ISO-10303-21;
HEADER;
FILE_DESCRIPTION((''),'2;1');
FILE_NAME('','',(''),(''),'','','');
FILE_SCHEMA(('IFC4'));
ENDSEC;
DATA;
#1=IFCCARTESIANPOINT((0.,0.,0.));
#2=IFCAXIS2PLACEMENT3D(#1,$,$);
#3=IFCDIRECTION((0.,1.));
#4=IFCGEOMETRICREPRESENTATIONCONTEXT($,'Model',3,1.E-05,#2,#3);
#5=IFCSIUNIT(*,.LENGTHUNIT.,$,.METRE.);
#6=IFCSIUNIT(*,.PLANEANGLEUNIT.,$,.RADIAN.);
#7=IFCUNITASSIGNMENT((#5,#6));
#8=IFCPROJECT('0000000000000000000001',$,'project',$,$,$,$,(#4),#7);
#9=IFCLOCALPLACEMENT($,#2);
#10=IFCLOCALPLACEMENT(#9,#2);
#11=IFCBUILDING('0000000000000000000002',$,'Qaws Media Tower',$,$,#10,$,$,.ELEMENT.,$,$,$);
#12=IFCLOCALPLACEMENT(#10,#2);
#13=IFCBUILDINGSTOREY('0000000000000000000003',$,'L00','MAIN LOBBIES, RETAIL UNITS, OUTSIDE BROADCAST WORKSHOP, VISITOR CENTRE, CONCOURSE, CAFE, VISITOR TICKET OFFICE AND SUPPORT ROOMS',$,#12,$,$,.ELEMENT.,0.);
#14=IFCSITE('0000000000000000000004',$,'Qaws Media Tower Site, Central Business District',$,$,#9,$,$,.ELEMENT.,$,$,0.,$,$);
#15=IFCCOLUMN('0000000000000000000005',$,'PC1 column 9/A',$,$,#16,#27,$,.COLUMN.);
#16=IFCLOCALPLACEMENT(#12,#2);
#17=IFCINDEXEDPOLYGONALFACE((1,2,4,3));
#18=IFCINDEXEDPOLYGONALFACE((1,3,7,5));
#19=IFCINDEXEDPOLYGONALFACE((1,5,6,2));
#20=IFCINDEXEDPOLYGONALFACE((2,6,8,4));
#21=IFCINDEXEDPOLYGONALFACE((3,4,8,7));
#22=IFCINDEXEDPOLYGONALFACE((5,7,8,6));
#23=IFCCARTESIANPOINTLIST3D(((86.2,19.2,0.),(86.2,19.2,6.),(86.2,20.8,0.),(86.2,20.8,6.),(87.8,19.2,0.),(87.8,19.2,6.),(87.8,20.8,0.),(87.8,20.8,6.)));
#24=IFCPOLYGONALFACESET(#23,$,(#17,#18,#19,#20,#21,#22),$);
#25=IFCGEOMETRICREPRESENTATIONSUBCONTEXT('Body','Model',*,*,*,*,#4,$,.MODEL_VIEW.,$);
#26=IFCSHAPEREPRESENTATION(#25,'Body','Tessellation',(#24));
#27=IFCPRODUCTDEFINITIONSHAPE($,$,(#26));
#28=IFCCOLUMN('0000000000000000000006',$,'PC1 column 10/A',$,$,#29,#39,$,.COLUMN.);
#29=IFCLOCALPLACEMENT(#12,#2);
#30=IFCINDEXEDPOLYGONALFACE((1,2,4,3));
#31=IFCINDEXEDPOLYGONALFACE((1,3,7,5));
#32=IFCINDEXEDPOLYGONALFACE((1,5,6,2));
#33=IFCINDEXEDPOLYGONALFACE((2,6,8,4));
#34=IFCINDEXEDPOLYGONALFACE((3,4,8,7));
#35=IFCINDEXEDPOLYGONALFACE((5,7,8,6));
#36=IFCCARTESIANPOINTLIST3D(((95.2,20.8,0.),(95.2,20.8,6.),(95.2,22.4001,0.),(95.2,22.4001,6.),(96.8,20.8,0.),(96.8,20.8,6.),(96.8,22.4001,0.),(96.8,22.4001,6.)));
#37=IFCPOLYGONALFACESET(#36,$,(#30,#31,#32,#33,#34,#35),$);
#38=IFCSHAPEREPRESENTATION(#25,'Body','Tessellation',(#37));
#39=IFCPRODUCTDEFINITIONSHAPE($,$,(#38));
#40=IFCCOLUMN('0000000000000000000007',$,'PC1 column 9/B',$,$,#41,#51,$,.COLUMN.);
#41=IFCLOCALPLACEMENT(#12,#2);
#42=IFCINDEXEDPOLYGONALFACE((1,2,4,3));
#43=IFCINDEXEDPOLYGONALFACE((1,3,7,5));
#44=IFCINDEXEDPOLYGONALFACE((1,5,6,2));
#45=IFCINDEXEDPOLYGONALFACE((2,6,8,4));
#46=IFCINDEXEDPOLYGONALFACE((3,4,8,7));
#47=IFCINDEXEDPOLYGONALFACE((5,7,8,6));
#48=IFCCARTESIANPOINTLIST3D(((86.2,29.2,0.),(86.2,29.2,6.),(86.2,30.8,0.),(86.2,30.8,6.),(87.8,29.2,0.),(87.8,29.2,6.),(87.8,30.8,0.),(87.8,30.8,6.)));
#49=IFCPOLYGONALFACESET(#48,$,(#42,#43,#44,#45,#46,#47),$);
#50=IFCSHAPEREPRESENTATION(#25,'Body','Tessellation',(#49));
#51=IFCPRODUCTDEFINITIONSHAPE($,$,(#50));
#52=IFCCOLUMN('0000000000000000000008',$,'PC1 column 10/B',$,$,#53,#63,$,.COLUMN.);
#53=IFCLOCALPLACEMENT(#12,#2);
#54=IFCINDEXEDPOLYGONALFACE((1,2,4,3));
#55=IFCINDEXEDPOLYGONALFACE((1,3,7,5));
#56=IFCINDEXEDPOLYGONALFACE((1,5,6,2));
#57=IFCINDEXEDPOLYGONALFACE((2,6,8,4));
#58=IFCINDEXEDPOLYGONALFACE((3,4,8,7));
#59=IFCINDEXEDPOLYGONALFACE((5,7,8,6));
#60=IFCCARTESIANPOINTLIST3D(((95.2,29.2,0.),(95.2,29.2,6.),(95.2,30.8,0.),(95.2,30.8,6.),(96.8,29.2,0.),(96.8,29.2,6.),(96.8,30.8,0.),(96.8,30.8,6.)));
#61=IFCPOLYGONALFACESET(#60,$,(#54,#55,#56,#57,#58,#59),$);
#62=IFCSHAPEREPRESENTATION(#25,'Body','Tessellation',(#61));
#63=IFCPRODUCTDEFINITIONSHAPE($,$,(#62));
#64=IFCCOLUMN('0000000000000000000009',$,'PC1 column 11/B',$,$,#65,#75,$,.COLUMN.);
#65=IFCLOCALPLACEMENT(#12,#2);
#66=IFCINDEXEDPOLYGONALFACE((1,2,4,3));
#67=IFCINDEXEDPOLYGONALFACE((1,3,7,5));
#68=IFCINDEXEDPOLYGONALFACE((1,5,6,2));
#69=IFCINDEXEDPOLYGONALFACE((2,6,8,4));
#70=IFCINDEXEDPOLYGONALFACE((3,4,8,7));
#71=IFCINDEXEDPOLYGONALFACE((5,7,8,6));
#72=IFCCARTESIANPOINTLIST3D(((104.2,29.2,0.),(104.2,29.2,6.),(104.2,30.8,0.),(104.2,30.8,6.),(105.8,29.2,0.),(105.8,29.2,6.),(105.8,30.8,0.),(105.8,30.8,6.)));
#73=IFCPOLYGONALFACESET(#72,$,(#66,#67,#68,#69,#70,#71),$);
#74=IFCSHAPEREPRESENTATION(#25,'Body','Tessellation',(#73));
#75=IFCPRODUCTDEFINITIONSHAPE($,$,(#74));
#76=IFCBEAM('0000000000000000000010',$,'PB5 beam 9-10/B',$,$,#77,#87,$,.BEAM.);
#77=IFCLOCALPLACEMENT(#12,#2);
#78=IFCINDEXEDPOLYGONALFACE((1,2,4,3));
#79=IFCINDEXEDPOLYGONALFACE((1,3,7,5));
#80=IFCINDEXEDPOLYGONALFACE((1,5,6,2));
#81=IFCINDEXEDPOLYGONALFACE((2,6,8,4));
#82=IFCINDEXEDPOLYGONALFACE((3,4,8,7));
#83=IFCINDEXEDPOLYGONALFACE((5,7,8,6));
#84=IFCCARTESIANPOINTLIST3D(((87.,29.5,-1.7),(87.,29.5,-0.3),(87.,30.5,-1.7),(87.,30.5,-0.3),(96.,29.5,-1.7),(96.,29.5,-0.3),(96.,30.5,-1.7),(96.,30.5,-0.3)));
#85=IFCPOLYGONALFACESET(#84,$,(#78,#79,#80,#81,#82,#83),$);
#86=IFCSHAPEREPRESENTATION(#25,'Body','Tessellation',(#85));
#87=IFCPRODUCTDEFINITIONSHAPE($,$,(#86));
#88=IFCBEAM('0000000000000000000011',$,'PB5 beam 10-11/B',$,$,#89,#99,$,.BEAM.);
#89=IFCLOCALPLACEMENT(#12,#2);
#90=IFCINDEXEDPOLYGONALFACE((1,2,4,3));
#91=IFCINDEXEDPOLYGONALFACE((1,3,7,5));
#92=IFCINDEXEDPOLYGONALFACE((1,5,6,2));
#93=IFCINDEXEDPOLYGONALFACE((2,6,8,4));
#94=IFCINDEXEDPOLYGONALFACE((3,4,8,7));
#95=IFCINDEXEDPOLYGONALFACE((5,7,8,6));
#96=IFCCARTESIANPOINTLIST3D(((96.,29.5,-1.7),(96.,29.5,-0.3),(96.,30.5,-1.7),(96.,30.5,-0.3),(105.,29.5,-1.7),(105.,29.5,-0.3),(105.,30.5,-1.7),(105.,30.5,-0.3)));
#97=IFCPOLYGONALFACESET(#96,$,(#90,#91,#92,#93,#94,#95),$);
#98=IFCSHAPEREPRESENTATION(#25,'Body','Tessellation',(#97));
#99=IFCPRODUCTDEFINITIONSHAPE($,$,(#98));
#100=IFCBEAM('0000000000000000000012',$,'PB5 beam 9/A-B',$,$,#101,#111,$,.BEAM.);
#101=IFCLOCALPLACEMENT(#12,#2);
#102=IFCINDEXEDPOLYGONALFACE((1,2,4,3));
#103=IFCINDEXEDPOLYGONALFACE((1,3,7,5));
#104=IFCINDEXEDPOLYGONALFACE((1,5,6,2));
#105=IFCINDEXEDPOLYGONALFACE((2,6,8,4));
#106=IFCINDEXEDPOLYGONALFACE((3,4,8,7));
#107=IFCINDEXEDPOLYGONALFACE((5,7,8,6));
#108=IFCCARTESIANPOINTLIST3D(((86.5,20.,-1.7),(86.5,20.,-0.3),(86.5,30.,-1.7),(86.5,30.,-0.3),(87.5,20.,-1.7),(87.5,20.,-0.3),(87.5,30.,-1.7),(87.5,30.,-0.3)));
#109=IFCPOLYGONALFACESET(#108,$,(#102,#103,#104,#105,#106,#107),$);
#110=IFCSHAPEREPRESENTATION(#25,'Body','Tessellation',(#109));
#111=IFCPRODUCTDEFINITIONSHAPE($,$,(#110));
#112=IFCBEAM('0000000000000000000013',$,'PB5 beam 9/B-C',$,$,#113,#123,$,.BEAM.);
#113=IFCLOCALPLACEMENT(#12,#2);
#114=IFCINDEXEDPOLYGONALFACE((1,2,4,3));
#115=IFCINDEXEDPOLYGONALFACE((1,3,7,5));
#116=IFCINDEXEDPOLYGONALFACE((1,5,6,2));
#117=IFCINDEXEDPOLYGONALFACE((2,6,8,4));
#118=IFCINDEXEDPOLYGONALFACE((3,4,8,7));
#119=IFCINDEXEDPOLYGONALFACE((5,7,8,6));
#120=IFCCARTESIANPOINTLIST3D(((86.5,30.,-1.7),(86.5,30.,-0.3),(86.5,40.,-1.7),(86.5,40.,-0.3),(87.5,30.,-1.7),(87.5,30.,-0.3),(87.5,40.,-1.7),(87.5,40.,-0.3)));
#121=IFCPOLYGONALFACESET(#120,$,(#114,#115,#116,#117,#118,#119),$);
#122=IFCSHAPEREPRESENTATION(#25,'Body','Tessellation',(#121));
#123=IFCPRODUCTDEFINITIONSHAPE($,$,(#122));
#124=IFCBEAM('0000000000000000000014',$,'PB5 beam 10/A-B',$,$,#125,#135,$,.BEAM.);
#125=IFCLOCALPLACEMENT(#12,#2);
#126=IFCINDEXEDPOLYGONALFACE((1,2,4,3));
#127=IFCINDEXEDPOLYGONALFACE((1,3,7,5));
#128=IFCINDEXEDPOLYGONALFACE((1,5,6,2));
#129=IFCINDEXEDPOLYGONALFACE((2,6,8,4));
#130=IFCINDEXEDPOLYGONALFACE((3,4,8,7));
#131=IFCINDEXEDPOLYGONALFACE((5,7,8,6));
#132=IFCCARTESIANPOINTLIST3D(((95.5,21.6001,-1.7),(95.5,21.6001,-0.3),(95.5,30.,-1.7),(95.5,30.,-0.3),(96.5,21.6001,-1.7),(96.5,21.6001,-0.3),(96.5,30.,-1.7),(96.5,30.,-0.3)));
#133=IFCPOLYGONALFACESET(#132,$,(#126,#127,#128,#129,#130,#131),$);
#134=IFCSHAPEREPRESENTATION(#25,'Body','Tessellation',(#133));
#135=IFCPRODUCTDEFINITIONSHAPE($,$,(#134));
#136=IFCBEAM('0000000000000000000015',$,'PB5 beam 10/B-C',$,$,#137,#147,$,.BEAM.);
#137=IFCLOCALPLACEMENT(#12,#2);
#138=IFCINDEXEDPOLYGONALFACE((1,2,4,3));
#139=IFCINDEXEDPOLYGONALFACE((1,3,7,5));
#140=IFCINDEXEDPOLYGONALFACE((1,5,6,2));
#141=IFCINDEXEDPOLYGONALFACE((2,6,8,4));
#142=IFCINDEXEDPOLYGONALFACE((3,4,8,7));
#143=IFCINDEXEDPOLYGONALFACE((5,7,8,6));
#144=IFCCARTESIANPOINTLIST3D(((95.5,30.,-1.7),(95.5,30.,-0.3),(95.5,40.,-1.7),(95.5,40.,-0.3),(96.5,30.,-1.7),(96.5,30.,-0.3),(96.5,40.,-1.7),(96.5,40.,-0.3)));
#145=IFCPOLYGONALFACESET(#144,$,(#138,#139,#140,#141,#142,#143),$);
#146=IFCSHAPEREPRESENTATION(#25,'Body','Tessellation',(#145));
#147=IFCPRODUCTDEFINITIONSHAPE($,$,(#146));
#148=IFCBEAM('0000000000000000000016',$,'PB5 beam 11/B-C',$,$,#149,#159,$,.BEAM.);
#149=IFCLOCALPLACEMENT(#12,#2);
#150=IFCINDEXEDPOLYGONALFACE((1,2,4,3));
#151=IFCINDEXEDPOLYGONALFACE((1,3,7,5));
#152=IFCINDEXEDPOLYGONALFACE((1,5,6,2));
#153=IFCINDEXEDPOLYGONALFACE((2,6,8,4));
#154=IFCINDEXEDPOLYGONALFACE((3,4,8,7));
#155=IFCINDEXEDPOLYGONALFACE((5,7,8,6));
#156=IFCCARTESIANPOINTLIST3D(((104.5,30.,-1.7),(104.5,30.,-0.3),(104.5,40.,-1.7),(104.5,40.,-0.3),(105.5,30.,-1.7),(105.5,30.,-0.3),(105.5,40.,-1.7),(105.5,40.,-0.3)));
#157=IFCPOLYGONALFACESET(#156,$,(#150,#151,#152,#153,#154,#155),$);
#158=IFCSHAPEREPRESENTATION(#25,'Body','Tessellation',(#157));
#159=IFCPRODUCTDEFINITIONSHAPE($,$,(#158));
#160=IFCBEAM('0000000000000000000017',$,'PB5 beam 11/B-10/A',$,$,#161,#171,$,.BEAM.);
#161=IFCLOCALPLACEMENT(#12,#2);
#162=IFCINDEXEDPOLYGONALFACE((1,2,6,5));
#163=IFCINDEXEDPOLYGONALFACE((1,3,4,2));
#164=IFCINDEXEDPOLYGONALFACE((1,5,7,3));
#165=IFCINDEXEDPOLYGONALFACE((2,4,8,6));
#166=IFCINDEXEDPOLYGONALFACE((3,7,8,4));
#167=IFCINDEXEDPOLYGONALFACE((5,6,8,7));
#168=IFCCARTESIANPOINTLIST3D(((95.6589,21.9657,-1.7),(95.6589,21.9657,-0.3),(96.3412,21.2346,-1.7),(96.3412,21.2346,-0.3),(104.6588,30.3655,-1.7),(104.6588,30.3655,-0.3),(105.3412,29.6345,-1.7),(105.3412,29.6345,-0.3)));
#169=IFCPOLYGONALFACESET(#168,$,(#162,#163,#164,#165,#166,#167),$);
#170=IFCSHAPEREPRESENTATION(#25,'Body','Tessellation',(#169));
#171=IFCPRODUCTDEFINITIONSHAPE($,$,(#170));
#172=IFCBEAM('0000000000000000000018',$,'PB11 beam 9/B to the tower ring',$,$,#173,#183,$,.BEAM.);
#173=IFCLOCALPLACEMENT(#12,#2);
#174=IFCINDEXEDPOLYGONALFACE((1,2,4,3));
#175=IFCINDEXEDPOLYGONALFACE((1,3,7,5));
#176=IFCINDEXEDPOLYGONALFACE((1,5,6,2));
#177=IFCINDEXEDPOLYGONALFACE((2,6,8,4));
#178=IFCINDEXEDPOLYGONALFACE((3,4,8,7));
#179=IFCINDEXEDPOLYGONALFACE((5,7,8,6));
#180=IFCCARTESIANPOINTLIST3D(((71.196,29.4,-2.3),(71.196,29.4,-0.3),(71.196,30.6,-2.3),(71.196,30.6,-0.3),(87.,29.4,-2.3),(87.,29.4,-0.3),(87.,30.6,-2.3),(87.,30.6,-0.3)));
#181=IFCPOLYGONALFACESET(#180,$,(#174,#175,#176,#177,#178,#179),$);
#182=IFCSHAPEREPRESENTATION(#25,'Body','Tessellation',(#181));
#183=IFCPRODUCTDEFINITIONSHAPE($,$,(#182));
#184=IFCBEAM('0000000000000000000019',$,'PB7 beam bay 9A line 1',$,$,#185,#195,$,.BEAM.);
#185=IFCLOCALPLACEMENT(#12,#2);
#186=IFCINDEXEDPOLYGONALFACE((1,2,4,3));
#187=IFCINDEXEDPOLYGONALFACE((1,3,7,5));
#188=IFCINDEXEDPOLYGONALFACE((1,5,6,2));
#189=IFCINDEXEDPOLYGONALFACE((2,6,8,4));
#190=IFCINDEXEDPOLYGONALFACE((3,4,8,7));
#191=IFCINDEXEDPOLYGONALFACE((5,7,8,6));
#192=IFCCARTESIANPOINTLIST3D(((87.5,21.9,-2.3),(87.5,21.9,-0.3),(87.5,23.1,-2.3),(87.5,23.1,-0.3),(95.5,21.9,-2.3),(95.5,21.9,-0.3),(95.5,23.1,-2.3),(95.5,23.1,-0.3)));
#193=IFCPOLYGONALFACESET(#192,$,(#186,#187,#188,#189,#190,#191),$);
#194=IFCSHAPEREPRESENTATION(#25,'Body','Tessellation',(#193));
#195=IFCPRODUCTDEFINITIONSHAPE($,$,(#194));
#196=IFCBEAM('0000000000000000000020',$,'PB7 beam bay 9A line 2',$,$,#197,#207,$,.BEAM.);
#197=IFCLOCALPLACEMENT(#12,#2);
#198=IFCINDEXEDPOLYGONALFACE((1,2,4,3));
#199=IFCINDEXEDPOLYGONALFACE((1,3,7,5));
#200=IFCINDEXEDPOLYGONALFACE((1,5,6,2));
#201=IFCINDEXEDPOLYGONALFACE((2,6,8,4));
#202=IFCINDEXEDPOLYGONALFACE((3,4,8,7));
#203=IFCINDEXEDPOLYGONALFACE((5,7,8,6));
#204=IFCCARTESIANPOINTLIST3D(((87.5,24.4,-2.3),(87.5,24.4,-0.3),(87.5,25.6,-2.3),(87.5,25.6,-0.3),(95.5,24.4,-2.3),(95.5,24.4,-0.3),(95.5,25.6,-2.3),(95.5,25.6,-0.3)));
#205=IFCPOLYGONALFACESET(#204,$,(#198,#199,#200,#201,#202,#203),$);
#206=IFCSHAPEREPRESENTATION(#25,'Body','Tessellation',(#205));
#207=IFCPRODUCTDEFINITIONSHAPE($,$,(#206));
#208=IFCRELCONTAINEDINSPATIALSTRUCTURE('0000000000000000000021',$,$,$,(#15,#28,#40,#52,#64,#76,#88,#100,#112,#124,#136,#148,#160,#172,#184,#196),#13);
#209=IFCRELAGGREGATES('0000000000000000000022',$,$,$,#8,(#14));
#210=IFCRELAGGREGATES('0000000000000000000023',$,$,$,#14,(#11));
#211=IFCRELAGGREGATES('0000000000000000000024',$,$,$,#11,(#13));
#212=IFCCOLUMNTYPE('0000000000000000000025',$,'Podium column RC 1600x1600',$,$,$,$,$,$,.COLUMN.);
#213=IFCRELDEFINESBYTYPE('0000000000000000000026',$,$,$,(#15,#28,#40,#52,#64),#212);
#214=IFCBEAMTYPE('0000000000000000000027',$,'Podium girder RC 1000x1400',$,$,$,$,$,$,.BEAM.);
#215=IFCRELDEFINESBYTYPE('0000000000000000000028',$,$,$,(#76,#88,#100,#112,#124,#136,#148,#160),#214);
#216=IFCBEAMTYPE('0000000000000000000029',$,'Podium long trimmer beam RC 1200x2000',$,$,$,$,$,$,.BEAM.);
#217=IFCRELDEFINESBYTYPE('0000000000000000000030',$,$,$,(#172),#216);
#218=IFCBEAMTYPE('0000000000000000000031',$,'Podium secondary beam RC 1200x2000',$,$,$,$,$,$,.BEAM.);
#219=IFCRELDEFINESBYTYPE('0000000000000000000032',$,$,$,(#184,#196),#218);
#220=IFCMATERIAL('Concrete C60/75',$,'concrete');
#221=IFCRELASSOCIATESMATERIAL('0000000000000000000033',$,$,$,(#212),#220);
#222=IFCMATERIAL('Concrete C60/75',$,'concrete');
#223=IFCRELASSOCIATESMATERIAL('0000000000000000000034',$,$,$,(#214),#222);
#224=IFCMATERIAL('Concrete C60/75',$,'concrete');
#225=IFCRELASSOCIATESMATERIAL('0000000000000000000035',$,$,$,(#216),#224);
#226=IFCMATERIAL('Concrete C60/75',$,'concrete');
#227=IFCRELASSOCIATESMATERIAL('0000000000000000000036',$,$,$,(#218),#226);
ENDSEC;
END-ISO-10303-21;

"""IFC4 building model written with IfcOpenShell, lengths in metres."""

from ifc_helpers import new_model, si_unit, direction, frame, origin, origin_2d, place, context, subcontext, project, spatial, rectangle, extrude, material, material_profile, profile_set, type_object, element, save


model = new_model("IFC4")

# Units and contexts
model_context = context("Model", 3, precision=1e-05, world=origin(), true_north=direction((0.0, 1.0)))
body_context = subcontext(model_context, "Body", "Model", "MODEL_VIEW")
ifc_project = project(units=[si_unit("LENGTHUNIT", "METRE"), si_unit("PLANEANGLEUNIT", "RADIAN")], contexts=[model_context])

# Site, building, storey
site_placement = place(None, origin())
site = spatial("IfcSite", under=ifc_project, at=site_placement, Name="Qaws Media Tower Site, Central Business District", CompositionType="ELEMENT", RefElevation=0.0)
building_placement = place(site_placement, origin())
building = spatial("IfcBuilding", under=site, at=building_placement, Name="Qaws Media Tower", CompositionType="ELEMENT")
storey_placement = place(building_placement, origin())
storey = spatial("IfcBuildingStorey", under=building, at=storey_placement, Name="L00", Description="MAIN LOBBIES, RETAIL UNITS, OUTSIDE BROADCAST WORKSHOP, VISITOR CENTRE, CONCOURSE, CAFE, VISITOR TICKET OFFICE AND SUPPORT ROOMS", CompositionType="ELEMENT", Elevation=0.0)

# Columns
ifc_material_1 = material(Name="Concrete C60/75", Category="concrete")
ifc_material_profile_1 = material_profile(ifc_material_1, rectangle(XDim=1.6001, YDim=1.6001, at=origin_2d()), Name="RC 1600x1600")
ifc_profile_set_1 = profile_set([ifc_material_profile_1], Name="Concrete C60/75")
column_type = type_object("IfcColumnType", Name="Podium column RC 1600x1600", PredefinedType="COLUMN", material=ifc_profile_set_1)
for number, where, z_axis, x_axis, name in (
    (1, (87.0, 20.0, 0.0), (0.0, 0.0, 1.0), (1.0, 0.0, 0.0), "PC1 column 9/A"),
    (2, (96.0, 21.6001, 0.0), (0.0, 0.0, 1.0), (1.0, 0.0, 0.0), "PC1 column 10/A"),
    (3, (87.0, 30.0, 0.0), (0.0, 0.0, 1.0), (1.0, 0.0, 0.0), "PC1 column 9/B"),
    (4, (96.0, 30.0, 0.0), (0.0, 0.0, 1.0), (1.0, 0.0, 0.0), "PC1 column 10/B"),
    (5, (105.0, 30.0, 0.0), (0.0, 0.0, 1.0), (1.0, 0.0, 0.0), "PC1 column 11/B"),
):
    element("IfcColumn", number, at=place(storey_placement, frame(where, z_axis=z_axis, x_axis=x_axis)), inside=storey, type_object=column_type, Name=name, PredefinedType="COLUMN", context=body_context, shape_type="SweptSolid", body=[
        extrude(rectangle(XDim=1.6001, YDim=1.6001, at=origin_2d()), origin(), (0.0, 0.0, 1.0), 6.0),
    ])

# Beams
ifc_material_2 = material(Name="Concrete C60/75", Category="concrete")
ifc_material_profile_2 = material_profile(ifc_material_2, rectangle(XDim=1.0, YDim=1.3999, at=origin_2d()), Name="RC 1000x1400")
ifc_profile_set_2 = profile_set([ifc_material_profile_2], Name="Concrete C60/75")
beam_type_1 = type_object("IfcBeamType", Name="Podium girder RC 1000x1400", PredefinedType="BEAM", material=ifc_profile_set_2)
for number, where, z_axis, x_axis, name in (
    (6, (87.0, 30.0, -1.0), (1.0, 0.0, 0.0), (0.0, 1.0, 0.0), "PB5 beam 9-10/B"),
    (7, (96.0, 30.0, -1.0), (1.0, 0.0, 0.0), (0.0, 1.0, 0.0), "PB5 beam 10-11/B"),
):
    element("IfcBeam", number, at=place(storey_placement, frame(where, z_axis=z_axis, x_axis=x_axis)), inside=storey, type_object=beam_type_1, Name=name, PredefinedType="BEAM", context=body_context, shape_type="SweptSolid", body=[
        extrude(rectangle(XDim=1.0, YDim=1.3999, at=origin_2d()), origin(), (0.0, 0.0, 1.0), 9.0),
    ])
for number, where, z_axis, x_axis, name in (
    (8, (87.0, 20.0, -1.0), (0.0, 1.0, 0.0), (-1.0, 0.0, 0.0), "PB5 beam 9/A-B"),
    (9, (87.0, 30.0, -1.0), (0.0, 1.0, 0.0), (-1.0, 0.0, 0.0), "PB5 beam 9/B-C"),
):
    element("IfcBeam", number, at=place(storey_placement, frame(where, z_axis=z_axis, x_axis=x_axis)), inside=storey, type_object=beam_type_1, Name=name, PredefinedType="BEAM", context=body_context, shape_type="SweptSolid", body=[
        extrude(rectangle(XDim=1.0, YDim=1.3999, at=origin_2d()), origin(), (0.0, 0.0, 1.0), 10.0),
    ])
beam_1_placement = place(storey_placement, frame((96.0, 21.6001, -1.0), z_axis=(0.0, 1.0, 0.0), x_axis=(-1.0, 0.0, 0.0)))
element("IfcBeam", 10, at=beam_1_placement, inside=storey, type_object=beam_type_1, Name="PB5 beam 10/A-B", PredefinedType="BEAM", context=body_context, shape_type="SweptSolid", body=[
    extrude(rectangle(XDim=1.0, YDim=1.3999, at=origin_2d()), origin(), (0.0, 0.0, 1.0), 8.3999),
])
for number, where, z_axis, x_axis, name in (
    (11, (96.0, 30.0, -1.0), (0.0, 1.0, 0.0), (-1.0, 0.0, 0.0), "PB5 beam 10/B-C"),
    (12, (105.0, 30.0, -1.0), (0.0, 1.0, 0.0), (-1.0, 0.0, 0.0), "PB5 beam 11/B-C"),
):
    element("IfcBeam", number, at=place(storey_placement, frame(where, z_axis=z_axis, x_axis=x_axis)), inside=storey, type_object=beam_type_1, Name=name, PredefinedType="BEAM", context=body_context, shape_type="SweptSolid", body=[
        extrude(rectangle(XDim=1.0, YDim=1.3999, at=origin_2d()), origin(), (0.0, 0.0, 1.0), 10.0),
    ])
beam_2_placement = place(storey_placement, frame((105.0, 30.0, -1.0), z_axis=(-0.731059, -0.682314, 0.0), x_axis=(0.682314, -0.731059, 0.0)))
element("IfcBeam", 13, at=beam_2_placement, inside=storey, type_object=beam_type_1, Name="PB5 beam 11/B-10/A", PredefinedType="BEAM", context=body_context, shape_type="SweptSolid", body=[
    extrude(rectangle(XDim=1.0, YDim=1.3999, at=origin_2d()), origin(), (0.0, 0.0, 1.0), 12.3108),
])
ifc_material_3 = material(Name="Concrete C60/75", Category="concrete")
ifc_material_profile_3 = material_profile(ifc_material_3, rectangle(XDim=1.2, YDim=2.0, at=origin_2d()), Name="RC 1200x2000")
ifc_profile_set_3 = profile_set([ifc_material_profile_3], Name="Concrete C60/75")
beam_type_2 = type_object("IfcBeamType", Name="Podium long trimmer beam RC 1200x2000", PredefinedType="BEAM", material=ifc_profile_set_3)
beam_3_placement = place(storey_placement, frame((87.0, 30.0, -1.3), z_axis=(-1.0, 0.0, 0.0), x_axis=(0.0, -1.0, 0.0)))
element("IfcBeam", 14, at=beam_3_placement, inside=storey, type_object=beam_type_2, Name="PB11 beam 9/B to the tower ring", PredefinedType="BEAM", context=body_context, shape_type="SweptSolid", body=[
    extrude(rectangle(XDim=1.2, YDim=2.0, at=origin_2d()), origin(), (0.0, 0.0, 1.0), 15.804),
])
ifc_material_4 = material(Name="Concrete C60/75", Category="concrete")
ifc_material_profile_4 = material_profile(ifc_material_4, rectangle(XDim=1.2, YDim=2.0, at=origin_2d()), Name="RC 1200x2000")
ifc_profile_set_4 = profile_set([ifc_material_profile_4], Name="Concrete C60/75")
beam_type_3 = type_object("IfcBeamType", Name="Podium secondary beam RC 1200x2000", PredefinedType="BEAM", material=ifc_profile_set_4)
for number, where, z_axis, x_axis, name in (
    (15, (87.5, 22.5, -1.3), (1.0, 0.0, 0.0), (0.0, 1.0, 0.0), "PB7 beam bay 9A line 1"),
    (16, (87.5, 25.0, -1.3), (1.0, 0.0, 0.0), (0.0, 1.0, 0.0), "PB7 beam bay 9A line 2"),
):
    element("IfcBeam", number, at=place(storey_placement, frame(where, z_axis=z_axis, x_axis=x_axis)), inside=storey, type_object=beam_type_3, Name=name, PredefinedType="BEAM", context=body_context, shape_type="SweptSolid", body=[
        extrude(rectangle(XDim=1.2, YDim=2.0, at=origin_2d()), origin(), (0.0, 0.0, 1.0), 8.0),
    ])

save(model, "model.ifc")
